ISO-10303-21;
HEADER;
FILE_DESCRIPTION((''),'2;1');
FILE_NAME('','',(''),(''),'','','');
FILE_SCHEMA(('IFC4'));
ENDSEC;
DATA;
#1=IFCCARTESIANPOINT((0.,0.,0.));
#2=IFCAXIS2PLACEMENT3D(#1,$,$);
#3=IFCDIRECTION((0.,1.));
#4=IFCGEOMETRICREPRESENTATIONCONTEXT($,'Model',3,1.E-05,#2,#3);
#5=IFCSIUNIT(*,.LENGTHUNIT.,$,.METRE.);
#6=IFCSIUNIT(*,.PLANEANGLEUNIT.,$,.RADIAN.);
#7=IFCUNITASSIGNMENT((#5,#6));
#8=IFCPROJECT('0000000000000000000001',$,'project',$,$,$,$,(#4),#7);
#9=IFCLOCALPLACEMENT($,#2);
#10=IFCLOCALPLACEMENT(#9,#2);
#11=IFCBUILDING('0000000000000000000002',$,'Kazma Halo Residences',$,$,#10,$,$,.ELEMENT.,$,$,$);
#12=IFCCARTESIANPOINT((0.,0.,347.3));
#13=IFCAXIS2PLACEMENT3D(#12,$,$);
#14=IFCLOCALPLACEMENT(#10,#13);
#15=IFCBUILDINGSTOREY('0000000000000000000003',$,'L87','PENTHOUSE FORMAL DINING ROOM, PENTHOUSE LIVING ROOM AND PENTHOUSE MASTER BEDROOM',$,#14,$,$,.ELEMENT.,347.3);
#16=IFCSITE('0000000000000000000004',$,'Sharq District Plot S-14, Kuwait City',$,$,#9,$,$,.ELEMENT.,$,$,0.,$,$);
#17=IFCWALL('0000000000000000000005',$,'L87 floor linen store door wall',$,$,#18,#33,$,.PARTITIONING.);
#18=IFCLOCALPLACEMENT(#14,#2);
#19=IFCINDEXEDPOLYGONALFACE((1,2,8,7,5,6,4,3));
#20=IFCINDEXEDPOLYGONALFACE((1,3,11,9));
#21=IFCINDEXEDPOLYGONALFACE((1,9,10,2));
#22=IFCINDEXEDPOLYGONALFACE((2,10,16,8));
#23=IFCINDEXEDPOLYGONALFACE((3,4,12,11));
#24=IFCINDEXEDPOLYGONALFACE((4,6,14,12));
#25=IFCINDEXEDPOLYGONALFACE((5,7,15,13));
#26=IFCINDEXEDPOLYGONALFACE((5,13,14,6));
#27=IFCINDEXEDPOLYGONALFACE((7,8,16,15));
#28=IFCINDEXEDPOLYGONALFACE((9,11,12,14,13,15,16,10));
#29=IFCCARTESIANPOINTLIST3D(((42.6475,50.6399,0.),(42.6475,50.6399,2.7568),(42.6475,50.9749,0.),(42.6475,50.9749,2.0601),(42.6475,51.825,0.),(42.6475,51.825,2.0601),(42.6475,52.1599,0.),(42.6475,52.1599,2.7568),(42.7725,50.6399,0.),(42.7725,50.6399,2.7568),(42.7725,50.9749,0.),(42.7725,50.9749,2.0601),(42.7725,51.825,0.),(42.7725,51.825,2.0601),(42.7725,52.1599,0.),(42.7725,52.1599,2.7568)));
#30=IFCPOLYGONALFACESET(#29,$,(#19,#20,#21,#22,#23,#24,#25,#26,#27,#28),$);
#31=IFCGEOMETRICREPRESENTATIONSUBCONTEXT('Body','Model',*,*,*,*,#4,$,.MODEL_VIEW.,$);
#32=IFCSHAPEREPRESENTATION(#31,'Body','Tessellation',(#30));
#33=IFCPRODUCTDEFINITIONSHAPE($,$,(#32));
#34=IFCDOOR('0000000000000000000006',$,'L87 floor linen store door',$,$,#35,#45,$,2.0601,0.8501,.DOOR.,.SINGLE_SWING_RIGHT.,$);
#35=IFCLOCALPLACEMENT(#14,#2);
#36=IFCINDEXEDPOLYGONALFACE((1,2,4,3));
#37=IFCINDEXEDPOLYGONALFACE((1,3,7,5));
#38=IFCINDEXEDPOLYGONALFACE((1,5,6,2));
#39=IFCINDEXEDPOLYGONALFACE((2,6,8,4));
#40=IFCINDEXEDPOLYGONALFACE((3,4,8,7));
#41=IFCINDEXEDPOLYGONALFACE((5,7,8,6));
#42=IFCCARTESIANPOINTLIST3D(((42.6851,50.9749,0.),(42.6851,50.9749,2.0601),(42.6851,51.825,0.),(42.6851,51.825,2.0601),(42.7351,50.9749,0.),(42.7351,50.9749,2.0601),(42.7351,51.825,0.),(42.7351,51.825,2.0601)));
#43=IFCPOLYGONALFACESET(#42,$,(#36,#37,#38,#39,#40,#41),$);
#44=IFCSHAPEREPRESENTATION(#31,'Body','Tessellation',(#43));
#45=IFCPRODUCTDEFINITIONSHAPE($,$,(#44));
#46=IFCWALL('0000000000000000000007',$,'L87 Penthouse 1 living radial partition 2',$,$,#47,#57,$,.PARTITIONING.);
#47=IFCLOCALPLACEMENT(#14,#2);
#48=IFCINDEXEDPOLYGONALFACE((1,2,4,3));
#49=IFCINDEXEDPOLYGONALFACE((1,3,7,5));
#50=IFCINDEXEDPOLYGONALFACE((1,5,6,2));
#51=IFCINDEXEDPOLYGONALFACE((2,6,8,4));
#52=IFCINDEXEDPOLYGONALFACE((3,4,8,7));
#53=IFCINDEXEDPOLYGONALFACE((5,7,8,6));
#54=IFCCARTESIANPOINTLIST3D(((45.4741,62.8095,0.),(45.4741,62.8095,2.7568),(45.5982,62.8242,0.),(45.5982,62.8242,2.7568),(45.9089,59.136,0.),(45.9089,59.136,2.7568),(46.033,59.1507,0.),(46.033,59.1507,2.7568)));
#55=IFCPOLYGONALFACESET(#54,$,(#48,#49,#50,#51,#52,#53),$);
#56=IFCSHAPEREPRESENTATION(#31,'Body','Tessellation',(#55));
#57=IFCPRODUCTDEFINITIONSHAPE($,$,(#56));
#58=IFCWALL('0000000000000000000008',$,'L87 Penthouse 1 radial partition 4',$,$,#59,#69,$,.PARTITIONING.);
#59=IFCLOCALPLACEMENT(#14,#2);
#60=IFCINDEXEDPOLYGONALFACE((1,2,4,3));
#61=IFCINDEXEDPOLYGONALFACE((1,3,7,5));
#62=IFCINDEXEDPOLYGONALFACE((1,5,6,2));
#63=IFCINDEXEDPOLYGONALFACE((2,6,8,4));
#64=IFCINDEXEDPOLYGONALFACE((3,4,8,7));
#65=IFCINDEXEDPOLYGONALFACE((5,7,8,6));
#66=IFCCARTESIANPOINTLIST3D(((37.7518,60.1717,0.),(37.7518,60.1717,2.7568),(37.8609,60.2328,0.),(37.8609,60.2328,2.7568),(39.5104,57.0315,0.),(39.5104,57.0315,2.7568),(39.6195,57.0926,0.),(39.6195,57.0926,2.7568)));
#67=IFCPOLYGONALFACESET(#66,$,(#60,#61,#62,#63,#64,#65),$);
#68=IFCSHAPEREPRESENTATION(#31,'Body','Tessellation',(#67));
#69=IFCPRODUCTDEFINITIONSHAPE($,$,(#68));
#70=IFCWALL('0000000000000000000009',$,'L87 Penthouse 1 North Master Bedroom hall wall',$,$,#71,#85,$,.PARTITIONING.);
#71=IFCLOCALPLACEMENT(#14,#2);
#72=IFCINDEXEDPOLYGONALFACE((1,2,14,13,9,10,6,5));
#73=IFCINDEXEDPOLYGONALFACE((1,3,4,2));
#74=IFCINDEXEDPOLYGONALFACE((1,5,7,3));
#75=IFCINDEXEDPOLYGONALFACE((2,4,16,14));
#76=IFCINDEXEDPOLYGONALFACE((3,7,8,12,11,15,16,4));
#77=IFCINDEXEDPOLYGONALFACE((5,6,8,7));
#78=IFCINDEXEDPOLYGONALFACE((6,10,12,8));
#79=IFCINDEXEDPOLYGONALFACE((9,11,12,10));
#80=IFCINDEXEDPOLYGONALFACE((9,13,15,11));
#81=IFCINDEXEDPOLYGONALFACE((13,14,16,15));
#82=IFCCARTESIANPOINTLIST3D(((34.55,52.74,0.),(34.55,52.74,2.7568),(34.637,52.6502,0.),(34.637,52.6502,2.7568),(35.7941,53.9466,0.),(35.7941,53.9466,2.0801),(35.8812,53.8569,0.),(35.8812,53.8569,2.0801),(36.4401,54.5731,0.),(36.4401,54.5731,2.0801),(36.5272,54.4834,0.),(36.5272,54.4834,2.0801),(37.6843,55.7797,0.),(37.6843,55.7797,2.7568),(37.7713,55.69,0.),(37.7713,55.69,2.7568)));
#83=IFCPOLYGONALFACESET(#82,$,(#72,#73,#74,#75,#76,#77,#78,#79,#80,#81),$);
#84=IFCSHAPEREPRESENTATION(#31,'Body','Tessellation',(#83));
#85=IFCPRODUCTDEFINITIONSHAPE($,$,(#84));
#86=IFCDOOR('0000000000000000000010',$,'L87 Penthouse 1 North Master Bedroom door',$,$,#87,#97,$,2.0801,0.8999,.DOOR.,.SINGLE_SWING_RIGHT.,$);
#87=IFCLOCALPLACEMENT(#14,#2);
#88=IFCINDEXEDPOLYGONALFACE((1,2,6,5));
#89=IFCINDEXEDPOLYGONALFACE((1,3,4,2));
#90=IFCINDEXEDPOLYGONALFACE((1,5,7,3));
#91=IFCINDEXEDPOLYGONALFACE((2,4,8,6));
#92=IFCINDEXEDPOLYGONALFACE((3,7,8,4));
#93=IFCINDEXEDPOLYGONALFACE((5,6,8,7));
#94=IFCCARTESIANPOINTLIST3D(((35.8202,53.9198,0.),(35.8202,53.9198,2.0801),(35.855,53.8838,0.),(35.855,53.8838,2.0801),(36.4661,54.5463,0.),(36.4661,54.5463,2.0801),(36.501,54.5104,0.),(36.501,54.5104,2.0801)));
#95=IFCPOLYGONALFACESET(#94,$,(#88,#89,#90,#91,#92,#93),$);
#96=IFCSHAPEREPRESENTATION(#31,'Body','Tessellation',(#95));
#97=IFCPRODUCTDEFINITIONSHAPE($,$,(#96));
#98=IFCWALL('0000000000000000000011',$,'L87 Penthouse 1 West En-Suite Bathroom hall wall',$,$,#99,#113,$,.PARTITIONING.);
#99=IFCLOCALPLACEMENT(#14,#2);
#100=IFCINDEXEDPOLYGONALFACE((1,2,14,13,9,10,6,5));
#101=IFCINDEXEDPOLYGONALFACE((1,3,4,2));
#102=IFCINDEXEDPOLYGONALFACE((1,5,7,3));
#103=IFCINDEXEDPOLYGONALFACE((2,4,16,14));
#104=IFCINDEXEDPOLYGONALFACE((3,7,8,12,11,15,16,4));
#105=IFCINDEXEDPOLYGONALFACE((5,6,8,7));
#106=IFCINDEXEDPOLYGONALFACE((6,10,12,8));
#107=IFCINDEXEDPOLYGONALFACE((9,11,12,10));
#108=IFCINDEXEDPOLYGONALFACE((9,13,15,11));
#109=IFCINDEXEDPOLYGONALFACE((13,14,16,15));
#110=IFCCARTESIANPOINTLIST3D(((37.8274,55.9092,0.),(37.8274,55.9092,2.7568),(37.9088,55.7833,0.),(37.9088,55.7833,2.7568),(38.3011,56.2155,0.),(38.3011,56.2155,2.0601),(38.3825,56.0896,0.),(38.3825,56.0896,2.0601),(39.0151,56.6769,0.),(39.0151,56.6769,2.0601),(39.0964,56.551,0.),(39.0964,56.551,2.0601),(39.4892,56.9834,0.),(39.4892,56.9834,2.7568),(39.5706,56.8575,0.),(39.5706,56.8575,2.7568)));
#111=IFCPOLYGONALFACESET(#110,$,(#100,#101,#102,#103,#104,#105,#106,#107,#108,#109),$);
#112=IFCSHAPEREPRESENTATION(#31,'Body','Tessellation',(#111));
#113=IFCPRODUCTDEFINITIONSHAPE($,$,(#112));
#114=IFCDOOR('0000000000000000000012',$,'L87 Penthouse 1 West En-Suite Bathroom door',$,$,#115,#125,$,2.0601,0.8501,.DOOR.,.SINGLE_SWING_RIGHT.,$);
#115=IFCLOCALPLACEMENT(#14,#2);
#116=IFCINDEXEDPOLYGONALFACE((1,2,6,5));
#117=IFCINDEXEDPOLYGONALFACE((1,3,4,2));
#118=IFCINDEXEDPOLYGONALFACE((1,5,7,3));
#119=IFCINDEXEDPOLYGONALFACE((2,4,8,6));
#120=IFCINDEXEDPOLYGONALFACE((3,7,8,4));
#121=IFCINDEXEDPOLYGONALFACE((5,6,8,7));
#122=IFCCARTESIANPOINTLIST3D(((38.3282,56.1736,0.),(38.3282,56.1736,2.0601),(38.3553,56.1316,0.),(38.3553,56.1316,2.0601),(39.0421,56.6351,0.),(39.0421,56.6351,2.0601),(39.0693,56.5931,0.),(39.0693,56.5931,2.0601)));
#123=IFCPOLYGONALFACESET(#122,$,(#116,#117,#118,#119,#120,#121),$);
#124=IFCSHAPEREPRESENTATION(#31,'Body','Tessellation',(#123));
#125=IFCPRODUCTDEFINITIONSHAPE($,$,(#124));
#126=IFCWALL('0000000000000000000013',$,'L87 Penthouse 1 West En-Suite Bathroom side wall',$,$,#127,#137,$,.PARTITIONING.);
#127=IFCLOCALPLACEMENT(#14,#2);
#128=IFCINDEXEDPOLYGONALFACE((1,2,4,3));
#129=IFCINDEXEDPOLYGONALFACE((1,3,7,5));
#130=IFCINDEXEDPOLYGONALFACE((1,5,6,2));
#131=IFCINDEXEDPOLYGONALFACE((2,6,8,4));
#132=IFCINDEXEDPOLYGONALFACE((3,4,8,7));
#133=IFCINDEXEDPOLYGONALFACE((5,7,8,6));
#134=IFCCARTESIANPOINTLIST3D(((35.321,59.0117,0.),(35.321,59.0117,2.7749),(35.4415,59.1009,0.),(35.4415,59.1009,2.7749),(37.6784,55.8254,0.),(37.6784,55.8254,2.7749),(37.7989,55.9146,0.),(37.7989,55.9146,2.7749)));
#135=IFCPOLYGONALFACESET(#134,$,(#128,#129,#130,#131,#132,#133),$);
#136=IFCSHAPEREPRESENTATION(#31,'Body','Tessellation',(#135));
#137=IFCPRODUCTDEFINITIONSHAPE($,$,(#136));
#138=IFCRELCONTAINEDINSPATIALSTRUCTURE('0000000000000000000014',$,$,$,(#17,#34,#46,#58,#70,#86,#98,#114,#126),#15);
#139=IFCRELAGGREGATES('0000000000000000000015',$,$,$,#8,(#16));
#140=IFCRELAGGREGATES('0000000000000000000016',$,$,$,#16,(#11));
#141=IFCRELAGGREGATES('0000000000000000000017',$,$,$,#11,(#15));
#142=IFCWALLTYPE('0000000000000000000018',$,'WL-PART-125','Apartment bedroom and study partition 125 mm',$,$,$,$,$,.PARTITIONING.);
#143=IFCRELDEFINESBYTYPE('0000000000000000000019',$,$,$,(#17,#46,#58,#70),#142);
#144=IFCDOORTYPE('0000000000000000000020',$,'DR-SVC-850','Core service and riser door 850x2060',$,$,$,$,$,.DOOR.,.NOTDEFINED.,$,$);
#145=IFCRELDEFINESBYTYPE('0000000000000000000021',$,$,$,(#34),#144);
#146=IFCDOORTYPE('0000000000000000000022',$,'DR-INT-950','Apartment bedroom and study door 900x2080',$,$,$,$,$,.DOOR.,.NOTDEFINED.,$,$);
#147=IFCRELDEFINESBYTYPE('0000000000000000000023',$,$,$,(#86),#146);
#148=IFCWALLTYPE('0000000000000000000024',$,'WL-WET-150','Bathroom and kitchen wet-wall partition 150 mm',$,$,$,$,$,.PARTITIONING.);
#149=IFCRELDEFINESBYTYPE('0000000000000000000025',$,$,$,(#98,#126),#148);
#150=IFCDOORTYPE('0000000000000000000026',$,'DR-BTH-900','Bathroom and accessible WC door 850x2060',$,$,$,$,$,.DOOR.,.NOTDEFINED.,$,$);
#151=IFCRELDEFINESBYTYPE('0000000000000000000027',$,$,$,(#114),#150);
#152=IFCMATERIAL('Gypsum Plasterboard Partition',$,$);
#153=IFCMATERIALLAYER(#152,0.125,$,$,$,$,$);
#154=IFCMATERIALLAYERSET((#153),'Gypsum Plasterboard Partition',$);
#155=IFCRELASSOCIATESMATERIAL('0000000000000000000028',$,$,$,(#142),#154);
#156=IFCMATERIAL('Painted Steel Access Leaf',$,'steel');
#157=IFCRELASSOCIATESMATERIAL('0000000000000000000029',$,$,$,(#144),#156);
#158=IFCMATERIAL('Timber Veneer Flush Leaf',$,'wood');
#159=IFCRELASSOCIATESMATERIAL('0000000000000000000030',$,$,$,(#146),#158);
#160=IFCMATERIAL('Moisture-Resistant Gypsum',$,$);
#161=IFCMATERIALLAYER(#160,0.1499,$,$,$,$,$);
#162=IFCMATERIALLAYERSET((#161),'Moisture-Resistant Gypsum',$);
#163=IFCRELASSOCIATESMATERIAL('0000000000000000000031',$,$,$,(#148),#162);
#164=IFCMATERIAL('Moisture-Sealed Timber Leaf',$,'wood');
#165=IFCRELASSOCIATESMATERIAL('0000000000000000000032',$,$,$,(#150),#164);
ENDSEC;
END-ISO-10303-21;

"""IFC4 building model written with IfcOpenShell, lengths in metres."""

from ifc_helpers import new_model, si_unit, direction, frame, frame_2d, origin, place, context, subcontext, project, spatial, rectangle, extrude, material, layer, layer_set, type_object, element, fill, save


model = new_model("IFC4")

# Units and contexts
model_context = context("Model", 3, precision=1e-05, world=origin(), true_north=direction((0.0, 1.0)))
body_context = subcontext(model_context, "Body", "Model", "MODEL_VIEW")
ifc_project = project(units=[si_unit("LENGTHUNIT", "METRE"), si_unit("PLANEANGLEUNIT", "RADIAN")], contexts=[model_context])

# Site, building, storey
site_placement = place(None, origin())
site = spatial("IfcSite", under=ifc_project, at=site_placement, Name="Sharq District Plot S-14, Kuwait City", CompositionType="ELEMENT", RefElevation=0.0)
building_placement = place(site_placement, origin())
building = spatial("IfcBuilding", under=site, at=building_placement, Name="Kazma Halo Residences", CompositionType="ELEMENT")
storey_placement = place(building_placement, frame((0.0, 0.0, 347.3)))
storey = spatial("IfcBuildingStorey", under=building, at=storey_placement, Name="L87", Description="PENTHOUSE FORMAL DINING ROOM, PENTHOUSE LIVING ROOM AND PENTHOUSE MASTER BEDROOM", CompositionType="ELEMENT", Elevation=347.3)

# Shared definitions
ifc_material_1 = material(Name="Gypsum Plasterboard Partition")
ifc_layer_1 = layer(ifc_material_1, 0.125)
ifc_layer_set_1 = layer_set([ifc_layer_1], Name="Gypsum Plasterboard Partition")
wall_type_1 = type_object("IfcWallType", Name="WL-PART-125", Description="Apartment bedroom and study partition 125 mm", PredefinedType="PARTITIONING", material=ifc_layer_set_1)

# Wall, opening, door
wall_1_placement = place(storey_placement, frame((42.71, 50.6399, 0.0), z_axis=(0.0, 0.0, 1.0), x_axis=(0.0, 1.0, 0.0)))
wall_1 = element("IfcWall", 1, at=wall_1_placement, inside=storey, type_object=wall_type_1, Name="L87 floor linen store door wall", PredefinedType="PARTITIONING", context=body_context, shape_type="SweptSolid", body=[
    extrude(rectangle(XDim=1.52, YDim=0.125, at=frame_2d((0.76, 0.0))), origin(), (0.0, 0.0, 1.0), 2.7568),
])
opening_1_placement = place(wall_1_placement, frame((0.335, 0.0, 0.0)))
opening_1 = element("IfcOpeningElement", 2, at=opening_1_placement, cuts=wall_1, PredefinedType="OPENING", context=body_context, shape_type="SweptSolid", body=[
    extrude(rectangle(XDim=0.8501, YDim=2.0601, at=frame_2d((0.425, 1.03))), frame((0.0, 0.0725, 0.0), z_axis=(0.0, -1.0, 0.0), x_axis=(1.0, 0.0, 0.0)), (0.0, 0.0, 1.0), 0.145),
])
ifc_material_2 = material(Name="Painted Steel Access Leaf", Category="steel")
door_type_1 = type_object("IfcDoorType", Name="DR-SVC-850", Description="Core service and riser door 850x2060", OperationType="NOTDEFINED", PredefinedType="DOOR", material=ifc_material_2)
door_1_placement = place(opening_1_placement, origin())
door_1 = element("IfcDoor", 3, at=door_1_placement, inside=storey, type_object=door_type_1, Name="L87 floor linen store door", OperationType="SINGLE_SWING_RIGHT", OverallHeight=2.0601, OverallWidth=0.8501, PredefinedType="DOOR", context=body_context, shape_type="SweptSolid", body=[
    extrude(rectangle(XDim=0.8501, YDim=2.0601, at=frame_2d((0.425, 1.03))), frame((0.0, 0.0249, 0.0), z_axis=(0.0, -1.0, 0.0), x_axis=(1.0, 0.0, 0.0)), (0.0, 0.0, 1.0), 0.05),
])
fill(opening_1, door_1)

# Walls
wall_2_placement = place(storey_placement, frame((45.9709, 59.1433, 0.0), z_axis=(0.0, 0.0, 1.0), x_axis=(-0.117542, 0.993068, 0.0)))
element("IfcWall", 4, at=wall_2_placement, inside=storey, type_object=wall_type_1, Name="L87 Penthouse 1 living radial partition 2", PredefinedType="PARTITIONING", context=body_context, shape_type="SweptSolid", body=[
    extrude(rectangle(XDim=3.6992, YDim=0.125, at=frame_2d((1.8496, 0.0))), origin(), (0.0, 0.0, 1.0), 2.7568),
])
wall_3_placement = place(storey_placement, frame((39.5649, 57.062, 0.0), z_axis=(0.0, 0.0, 1.0), x_axis=(-0.488618, 0.872498, 0.0)))
element("IfcWall", 5, at=wall_3_placement, inside=storey, type_object=wall_type_1, Name="L87 Penthouse 1 radial partition 4", PredefinedType="PARTITIONING", context=body_context, shape_type="SweptSolid", body=[
    extrude(rectangle(XDim=3.5991, YDim=0.125, at=frame_2d((1.7996, 0.0))), origin(), (0.0, 0.0, 1.0), 2.7568),
])

# Walls, openings, doors
wall_4_placement = place(storey_placement, frame((37.7278, 55.7349, 0.0), z_axis=(0.0, 0.0, 1.0), x_axis=(-0.717844, -0.696204, 0.0)))
wall_4 = element("IfcWall", 6, at=wall_4_placement, inside=storey, type_object=wall_type_1, Name="L87 Penthouse 1 North Master Bedroom hall wall", PredefinedType="PARTITIONING", context=body_context, shape_type="SweptSolid", body=[
    extrude(rectangle(XDim=4.3662, YDim=0.125, at=frame_2d((2.1831, 0.0))), origin(), (0.0, 0.0, 1.0), 2.7568),
])
opening_2_placement = place(wall_4_placement, frame((1.7332, 0.0, 0.0)))
opening_2 = element("IfcOpeningElement", 7, at=opening_2_placement, cuts=wall_4, PredefinedType="OPENING", context=body_context, shape_type="SweptSolid", body=[
    extrude(rectangle(XDim=0.8999, YDim=2.0801, at=frame_2d((0.45, 1.04))), frame((0.0, 0.0725, 0.0), z_axis=(0.0, -1.0, 0.0), x_axis=(1.0, 0.0, 0.0)), (0.0, 0.0, 1.0), 0.145),
])
ifc_material_3 = material(Name="Timber Veneer Flush Leaf", Category="wood")
door_type_2 = type_object("IfcDoorType", Name="DR-INT-950", Description="Apartment bedroom and study door 900x2080", OperationType="NOTDEFINED", PredefinedType="DOOR", material=ifc_material_3)
door_2_placement = place(opening_2_placement, origin())
door_2 = element("IfcDoor", 8, at=door_2_placement, inside=storey, type_object=door_type_2, Name="L87 Penthouse 1 North Master Bedroom door", OperationType="SINGLE_SWING_RIGHT", OverallHeight=2.0801, OverallWidth=0.8999, PredefinedType="DOOR", context=body_context, shape_type="SweptSolid", body=[
    extrude(rectangle(XDim=0.8999, YDim=2.0801, at=frame_2d((0.45, 1.04))), frame((0.0, 0.0249, 0.0), z_axis=(0.0, -1.0, 0.0), x_axis=(1.0, 0.0, 0.0)), (0.0, 0.0, 1.0), 0.05),
])
fill(opening_2, door_2)
ifc_material_4 = material(Name="Moisture-Resistant Gypsum")
ifc_layer_2 = layer(ifc_material_4, 0.1499)
ifc_layer_set_2 = layer_set([ifc_layer_2], Name="Moisture-Resistant Gypsum")
wall_type_2 = type_object("IfcWallType", Name="WL-WET-150", Description="Bathroom and kitchen wet-wall partition 150 mm", PredefinedType="PARTITIONING", material=ifc_layer_set_2)
wall_5_placement = place(storey_placement, frame((39.5298, 56.9204, 0.0), z_axis=(0.0, 0.0, 1.0), x_axis=(-0.839825, -0.542857, 0.0)))
wall_5 = element("IfcWall", 9, at=wall_5_placement, inside=storey, type_object=wall_type_2, Name="L87 Penthouse 1 West En-Suite Bathroom hall wall", PredefinedType="PARTITIONING", context=body_context, shape_type="SweptSolid", body=[
    extrude(rectangle(XDim=1.9788, YDim=0.1499, at=frame_2d((0.9893, 0.0))), origin(), (0.0, 0.0, 1.0), 2.7568),
])
opening_3_placement = place(wall_5_placement, frame((0.5645, 0.0, 0.0)))
opening_3 = element("IfcOpeningElement", 10, at=opening_3_placement, cuts=wall_5, PredefinedType="OPENING", context=body_context, shape_type="SweptSolid", body=[
    extrude(rectangle(XDim=0.8501, YDim=2.0601, at=frame_2d((0.425, 1.03))), frame((0.0, 0.085, 0.0), z_axis=(0.0, -1.0, 0.0), x_axis=(1.0, 0.0, 0.0)), (0.0, 0.0, 1.0), 0.1699),
])
ifc_material_5 = material(Name="Moisture-Sealed Timber Leaf", Category="wood")
door_type_3 = type_object("IfcDoorType", Name="DR-BTH-900", Description="Bathroom and accessible WC door 850x2060", OperationType="NOTDEFINED", PredefinedType="DOOR", material=ifc_material_5)
door_3_placement = place(opening_3_placement, origin())
door_3 = element("IfcDoor", 11, at=door_3_placement, inside=storey, type_object=door_type_3, Name="L87 Penthouse 1 West En-Suite Bathroom door", OperationType="SINGLE_SWING_RIGHT", OverallHeight=2.0601, OverallWidth=0.8501, PredefinedType="DOOR", context=body_context, shape_type="SweptSolid", body=[
    extrude(rectangle(XDim=0.8501, YDim=2.0601, at=frame_2d((0.425, 1.03))), frame((0.0, 0.0249, 0.0), z_axis=(0.0, -1.0, 0.0), x_axis=(1.0, 0.0, 0.0)), (0.0, 0.0, 1.0), 0.05),
])
fill(opening_3, door_3)

# Wall
wall_6_placement = place(storey_placement, frame((37.7388, 55.8699, 0.0), z_axis=(0.0, 0.0, 1.0), x_axis=(-0.594774, 0.803893, 0.0)))
element("IfcWall", 12, at=wall_6_placement, inside=storey, type_object=wall_type_2, Name="L87 Penthouse 1 West En-Suite Bathroom side wall", PredefinedType="PARTITIONING", context=body_context, shape_type="SweptSolid", body=[
    extrude(rectangle(XDim=3.9636, YDim=0.1499, at=frame_2d((1.9819, 0.0))), origin(), (0.0, 0.0, 1.0), 2.7749),
])

save(model, "model.ifc")
